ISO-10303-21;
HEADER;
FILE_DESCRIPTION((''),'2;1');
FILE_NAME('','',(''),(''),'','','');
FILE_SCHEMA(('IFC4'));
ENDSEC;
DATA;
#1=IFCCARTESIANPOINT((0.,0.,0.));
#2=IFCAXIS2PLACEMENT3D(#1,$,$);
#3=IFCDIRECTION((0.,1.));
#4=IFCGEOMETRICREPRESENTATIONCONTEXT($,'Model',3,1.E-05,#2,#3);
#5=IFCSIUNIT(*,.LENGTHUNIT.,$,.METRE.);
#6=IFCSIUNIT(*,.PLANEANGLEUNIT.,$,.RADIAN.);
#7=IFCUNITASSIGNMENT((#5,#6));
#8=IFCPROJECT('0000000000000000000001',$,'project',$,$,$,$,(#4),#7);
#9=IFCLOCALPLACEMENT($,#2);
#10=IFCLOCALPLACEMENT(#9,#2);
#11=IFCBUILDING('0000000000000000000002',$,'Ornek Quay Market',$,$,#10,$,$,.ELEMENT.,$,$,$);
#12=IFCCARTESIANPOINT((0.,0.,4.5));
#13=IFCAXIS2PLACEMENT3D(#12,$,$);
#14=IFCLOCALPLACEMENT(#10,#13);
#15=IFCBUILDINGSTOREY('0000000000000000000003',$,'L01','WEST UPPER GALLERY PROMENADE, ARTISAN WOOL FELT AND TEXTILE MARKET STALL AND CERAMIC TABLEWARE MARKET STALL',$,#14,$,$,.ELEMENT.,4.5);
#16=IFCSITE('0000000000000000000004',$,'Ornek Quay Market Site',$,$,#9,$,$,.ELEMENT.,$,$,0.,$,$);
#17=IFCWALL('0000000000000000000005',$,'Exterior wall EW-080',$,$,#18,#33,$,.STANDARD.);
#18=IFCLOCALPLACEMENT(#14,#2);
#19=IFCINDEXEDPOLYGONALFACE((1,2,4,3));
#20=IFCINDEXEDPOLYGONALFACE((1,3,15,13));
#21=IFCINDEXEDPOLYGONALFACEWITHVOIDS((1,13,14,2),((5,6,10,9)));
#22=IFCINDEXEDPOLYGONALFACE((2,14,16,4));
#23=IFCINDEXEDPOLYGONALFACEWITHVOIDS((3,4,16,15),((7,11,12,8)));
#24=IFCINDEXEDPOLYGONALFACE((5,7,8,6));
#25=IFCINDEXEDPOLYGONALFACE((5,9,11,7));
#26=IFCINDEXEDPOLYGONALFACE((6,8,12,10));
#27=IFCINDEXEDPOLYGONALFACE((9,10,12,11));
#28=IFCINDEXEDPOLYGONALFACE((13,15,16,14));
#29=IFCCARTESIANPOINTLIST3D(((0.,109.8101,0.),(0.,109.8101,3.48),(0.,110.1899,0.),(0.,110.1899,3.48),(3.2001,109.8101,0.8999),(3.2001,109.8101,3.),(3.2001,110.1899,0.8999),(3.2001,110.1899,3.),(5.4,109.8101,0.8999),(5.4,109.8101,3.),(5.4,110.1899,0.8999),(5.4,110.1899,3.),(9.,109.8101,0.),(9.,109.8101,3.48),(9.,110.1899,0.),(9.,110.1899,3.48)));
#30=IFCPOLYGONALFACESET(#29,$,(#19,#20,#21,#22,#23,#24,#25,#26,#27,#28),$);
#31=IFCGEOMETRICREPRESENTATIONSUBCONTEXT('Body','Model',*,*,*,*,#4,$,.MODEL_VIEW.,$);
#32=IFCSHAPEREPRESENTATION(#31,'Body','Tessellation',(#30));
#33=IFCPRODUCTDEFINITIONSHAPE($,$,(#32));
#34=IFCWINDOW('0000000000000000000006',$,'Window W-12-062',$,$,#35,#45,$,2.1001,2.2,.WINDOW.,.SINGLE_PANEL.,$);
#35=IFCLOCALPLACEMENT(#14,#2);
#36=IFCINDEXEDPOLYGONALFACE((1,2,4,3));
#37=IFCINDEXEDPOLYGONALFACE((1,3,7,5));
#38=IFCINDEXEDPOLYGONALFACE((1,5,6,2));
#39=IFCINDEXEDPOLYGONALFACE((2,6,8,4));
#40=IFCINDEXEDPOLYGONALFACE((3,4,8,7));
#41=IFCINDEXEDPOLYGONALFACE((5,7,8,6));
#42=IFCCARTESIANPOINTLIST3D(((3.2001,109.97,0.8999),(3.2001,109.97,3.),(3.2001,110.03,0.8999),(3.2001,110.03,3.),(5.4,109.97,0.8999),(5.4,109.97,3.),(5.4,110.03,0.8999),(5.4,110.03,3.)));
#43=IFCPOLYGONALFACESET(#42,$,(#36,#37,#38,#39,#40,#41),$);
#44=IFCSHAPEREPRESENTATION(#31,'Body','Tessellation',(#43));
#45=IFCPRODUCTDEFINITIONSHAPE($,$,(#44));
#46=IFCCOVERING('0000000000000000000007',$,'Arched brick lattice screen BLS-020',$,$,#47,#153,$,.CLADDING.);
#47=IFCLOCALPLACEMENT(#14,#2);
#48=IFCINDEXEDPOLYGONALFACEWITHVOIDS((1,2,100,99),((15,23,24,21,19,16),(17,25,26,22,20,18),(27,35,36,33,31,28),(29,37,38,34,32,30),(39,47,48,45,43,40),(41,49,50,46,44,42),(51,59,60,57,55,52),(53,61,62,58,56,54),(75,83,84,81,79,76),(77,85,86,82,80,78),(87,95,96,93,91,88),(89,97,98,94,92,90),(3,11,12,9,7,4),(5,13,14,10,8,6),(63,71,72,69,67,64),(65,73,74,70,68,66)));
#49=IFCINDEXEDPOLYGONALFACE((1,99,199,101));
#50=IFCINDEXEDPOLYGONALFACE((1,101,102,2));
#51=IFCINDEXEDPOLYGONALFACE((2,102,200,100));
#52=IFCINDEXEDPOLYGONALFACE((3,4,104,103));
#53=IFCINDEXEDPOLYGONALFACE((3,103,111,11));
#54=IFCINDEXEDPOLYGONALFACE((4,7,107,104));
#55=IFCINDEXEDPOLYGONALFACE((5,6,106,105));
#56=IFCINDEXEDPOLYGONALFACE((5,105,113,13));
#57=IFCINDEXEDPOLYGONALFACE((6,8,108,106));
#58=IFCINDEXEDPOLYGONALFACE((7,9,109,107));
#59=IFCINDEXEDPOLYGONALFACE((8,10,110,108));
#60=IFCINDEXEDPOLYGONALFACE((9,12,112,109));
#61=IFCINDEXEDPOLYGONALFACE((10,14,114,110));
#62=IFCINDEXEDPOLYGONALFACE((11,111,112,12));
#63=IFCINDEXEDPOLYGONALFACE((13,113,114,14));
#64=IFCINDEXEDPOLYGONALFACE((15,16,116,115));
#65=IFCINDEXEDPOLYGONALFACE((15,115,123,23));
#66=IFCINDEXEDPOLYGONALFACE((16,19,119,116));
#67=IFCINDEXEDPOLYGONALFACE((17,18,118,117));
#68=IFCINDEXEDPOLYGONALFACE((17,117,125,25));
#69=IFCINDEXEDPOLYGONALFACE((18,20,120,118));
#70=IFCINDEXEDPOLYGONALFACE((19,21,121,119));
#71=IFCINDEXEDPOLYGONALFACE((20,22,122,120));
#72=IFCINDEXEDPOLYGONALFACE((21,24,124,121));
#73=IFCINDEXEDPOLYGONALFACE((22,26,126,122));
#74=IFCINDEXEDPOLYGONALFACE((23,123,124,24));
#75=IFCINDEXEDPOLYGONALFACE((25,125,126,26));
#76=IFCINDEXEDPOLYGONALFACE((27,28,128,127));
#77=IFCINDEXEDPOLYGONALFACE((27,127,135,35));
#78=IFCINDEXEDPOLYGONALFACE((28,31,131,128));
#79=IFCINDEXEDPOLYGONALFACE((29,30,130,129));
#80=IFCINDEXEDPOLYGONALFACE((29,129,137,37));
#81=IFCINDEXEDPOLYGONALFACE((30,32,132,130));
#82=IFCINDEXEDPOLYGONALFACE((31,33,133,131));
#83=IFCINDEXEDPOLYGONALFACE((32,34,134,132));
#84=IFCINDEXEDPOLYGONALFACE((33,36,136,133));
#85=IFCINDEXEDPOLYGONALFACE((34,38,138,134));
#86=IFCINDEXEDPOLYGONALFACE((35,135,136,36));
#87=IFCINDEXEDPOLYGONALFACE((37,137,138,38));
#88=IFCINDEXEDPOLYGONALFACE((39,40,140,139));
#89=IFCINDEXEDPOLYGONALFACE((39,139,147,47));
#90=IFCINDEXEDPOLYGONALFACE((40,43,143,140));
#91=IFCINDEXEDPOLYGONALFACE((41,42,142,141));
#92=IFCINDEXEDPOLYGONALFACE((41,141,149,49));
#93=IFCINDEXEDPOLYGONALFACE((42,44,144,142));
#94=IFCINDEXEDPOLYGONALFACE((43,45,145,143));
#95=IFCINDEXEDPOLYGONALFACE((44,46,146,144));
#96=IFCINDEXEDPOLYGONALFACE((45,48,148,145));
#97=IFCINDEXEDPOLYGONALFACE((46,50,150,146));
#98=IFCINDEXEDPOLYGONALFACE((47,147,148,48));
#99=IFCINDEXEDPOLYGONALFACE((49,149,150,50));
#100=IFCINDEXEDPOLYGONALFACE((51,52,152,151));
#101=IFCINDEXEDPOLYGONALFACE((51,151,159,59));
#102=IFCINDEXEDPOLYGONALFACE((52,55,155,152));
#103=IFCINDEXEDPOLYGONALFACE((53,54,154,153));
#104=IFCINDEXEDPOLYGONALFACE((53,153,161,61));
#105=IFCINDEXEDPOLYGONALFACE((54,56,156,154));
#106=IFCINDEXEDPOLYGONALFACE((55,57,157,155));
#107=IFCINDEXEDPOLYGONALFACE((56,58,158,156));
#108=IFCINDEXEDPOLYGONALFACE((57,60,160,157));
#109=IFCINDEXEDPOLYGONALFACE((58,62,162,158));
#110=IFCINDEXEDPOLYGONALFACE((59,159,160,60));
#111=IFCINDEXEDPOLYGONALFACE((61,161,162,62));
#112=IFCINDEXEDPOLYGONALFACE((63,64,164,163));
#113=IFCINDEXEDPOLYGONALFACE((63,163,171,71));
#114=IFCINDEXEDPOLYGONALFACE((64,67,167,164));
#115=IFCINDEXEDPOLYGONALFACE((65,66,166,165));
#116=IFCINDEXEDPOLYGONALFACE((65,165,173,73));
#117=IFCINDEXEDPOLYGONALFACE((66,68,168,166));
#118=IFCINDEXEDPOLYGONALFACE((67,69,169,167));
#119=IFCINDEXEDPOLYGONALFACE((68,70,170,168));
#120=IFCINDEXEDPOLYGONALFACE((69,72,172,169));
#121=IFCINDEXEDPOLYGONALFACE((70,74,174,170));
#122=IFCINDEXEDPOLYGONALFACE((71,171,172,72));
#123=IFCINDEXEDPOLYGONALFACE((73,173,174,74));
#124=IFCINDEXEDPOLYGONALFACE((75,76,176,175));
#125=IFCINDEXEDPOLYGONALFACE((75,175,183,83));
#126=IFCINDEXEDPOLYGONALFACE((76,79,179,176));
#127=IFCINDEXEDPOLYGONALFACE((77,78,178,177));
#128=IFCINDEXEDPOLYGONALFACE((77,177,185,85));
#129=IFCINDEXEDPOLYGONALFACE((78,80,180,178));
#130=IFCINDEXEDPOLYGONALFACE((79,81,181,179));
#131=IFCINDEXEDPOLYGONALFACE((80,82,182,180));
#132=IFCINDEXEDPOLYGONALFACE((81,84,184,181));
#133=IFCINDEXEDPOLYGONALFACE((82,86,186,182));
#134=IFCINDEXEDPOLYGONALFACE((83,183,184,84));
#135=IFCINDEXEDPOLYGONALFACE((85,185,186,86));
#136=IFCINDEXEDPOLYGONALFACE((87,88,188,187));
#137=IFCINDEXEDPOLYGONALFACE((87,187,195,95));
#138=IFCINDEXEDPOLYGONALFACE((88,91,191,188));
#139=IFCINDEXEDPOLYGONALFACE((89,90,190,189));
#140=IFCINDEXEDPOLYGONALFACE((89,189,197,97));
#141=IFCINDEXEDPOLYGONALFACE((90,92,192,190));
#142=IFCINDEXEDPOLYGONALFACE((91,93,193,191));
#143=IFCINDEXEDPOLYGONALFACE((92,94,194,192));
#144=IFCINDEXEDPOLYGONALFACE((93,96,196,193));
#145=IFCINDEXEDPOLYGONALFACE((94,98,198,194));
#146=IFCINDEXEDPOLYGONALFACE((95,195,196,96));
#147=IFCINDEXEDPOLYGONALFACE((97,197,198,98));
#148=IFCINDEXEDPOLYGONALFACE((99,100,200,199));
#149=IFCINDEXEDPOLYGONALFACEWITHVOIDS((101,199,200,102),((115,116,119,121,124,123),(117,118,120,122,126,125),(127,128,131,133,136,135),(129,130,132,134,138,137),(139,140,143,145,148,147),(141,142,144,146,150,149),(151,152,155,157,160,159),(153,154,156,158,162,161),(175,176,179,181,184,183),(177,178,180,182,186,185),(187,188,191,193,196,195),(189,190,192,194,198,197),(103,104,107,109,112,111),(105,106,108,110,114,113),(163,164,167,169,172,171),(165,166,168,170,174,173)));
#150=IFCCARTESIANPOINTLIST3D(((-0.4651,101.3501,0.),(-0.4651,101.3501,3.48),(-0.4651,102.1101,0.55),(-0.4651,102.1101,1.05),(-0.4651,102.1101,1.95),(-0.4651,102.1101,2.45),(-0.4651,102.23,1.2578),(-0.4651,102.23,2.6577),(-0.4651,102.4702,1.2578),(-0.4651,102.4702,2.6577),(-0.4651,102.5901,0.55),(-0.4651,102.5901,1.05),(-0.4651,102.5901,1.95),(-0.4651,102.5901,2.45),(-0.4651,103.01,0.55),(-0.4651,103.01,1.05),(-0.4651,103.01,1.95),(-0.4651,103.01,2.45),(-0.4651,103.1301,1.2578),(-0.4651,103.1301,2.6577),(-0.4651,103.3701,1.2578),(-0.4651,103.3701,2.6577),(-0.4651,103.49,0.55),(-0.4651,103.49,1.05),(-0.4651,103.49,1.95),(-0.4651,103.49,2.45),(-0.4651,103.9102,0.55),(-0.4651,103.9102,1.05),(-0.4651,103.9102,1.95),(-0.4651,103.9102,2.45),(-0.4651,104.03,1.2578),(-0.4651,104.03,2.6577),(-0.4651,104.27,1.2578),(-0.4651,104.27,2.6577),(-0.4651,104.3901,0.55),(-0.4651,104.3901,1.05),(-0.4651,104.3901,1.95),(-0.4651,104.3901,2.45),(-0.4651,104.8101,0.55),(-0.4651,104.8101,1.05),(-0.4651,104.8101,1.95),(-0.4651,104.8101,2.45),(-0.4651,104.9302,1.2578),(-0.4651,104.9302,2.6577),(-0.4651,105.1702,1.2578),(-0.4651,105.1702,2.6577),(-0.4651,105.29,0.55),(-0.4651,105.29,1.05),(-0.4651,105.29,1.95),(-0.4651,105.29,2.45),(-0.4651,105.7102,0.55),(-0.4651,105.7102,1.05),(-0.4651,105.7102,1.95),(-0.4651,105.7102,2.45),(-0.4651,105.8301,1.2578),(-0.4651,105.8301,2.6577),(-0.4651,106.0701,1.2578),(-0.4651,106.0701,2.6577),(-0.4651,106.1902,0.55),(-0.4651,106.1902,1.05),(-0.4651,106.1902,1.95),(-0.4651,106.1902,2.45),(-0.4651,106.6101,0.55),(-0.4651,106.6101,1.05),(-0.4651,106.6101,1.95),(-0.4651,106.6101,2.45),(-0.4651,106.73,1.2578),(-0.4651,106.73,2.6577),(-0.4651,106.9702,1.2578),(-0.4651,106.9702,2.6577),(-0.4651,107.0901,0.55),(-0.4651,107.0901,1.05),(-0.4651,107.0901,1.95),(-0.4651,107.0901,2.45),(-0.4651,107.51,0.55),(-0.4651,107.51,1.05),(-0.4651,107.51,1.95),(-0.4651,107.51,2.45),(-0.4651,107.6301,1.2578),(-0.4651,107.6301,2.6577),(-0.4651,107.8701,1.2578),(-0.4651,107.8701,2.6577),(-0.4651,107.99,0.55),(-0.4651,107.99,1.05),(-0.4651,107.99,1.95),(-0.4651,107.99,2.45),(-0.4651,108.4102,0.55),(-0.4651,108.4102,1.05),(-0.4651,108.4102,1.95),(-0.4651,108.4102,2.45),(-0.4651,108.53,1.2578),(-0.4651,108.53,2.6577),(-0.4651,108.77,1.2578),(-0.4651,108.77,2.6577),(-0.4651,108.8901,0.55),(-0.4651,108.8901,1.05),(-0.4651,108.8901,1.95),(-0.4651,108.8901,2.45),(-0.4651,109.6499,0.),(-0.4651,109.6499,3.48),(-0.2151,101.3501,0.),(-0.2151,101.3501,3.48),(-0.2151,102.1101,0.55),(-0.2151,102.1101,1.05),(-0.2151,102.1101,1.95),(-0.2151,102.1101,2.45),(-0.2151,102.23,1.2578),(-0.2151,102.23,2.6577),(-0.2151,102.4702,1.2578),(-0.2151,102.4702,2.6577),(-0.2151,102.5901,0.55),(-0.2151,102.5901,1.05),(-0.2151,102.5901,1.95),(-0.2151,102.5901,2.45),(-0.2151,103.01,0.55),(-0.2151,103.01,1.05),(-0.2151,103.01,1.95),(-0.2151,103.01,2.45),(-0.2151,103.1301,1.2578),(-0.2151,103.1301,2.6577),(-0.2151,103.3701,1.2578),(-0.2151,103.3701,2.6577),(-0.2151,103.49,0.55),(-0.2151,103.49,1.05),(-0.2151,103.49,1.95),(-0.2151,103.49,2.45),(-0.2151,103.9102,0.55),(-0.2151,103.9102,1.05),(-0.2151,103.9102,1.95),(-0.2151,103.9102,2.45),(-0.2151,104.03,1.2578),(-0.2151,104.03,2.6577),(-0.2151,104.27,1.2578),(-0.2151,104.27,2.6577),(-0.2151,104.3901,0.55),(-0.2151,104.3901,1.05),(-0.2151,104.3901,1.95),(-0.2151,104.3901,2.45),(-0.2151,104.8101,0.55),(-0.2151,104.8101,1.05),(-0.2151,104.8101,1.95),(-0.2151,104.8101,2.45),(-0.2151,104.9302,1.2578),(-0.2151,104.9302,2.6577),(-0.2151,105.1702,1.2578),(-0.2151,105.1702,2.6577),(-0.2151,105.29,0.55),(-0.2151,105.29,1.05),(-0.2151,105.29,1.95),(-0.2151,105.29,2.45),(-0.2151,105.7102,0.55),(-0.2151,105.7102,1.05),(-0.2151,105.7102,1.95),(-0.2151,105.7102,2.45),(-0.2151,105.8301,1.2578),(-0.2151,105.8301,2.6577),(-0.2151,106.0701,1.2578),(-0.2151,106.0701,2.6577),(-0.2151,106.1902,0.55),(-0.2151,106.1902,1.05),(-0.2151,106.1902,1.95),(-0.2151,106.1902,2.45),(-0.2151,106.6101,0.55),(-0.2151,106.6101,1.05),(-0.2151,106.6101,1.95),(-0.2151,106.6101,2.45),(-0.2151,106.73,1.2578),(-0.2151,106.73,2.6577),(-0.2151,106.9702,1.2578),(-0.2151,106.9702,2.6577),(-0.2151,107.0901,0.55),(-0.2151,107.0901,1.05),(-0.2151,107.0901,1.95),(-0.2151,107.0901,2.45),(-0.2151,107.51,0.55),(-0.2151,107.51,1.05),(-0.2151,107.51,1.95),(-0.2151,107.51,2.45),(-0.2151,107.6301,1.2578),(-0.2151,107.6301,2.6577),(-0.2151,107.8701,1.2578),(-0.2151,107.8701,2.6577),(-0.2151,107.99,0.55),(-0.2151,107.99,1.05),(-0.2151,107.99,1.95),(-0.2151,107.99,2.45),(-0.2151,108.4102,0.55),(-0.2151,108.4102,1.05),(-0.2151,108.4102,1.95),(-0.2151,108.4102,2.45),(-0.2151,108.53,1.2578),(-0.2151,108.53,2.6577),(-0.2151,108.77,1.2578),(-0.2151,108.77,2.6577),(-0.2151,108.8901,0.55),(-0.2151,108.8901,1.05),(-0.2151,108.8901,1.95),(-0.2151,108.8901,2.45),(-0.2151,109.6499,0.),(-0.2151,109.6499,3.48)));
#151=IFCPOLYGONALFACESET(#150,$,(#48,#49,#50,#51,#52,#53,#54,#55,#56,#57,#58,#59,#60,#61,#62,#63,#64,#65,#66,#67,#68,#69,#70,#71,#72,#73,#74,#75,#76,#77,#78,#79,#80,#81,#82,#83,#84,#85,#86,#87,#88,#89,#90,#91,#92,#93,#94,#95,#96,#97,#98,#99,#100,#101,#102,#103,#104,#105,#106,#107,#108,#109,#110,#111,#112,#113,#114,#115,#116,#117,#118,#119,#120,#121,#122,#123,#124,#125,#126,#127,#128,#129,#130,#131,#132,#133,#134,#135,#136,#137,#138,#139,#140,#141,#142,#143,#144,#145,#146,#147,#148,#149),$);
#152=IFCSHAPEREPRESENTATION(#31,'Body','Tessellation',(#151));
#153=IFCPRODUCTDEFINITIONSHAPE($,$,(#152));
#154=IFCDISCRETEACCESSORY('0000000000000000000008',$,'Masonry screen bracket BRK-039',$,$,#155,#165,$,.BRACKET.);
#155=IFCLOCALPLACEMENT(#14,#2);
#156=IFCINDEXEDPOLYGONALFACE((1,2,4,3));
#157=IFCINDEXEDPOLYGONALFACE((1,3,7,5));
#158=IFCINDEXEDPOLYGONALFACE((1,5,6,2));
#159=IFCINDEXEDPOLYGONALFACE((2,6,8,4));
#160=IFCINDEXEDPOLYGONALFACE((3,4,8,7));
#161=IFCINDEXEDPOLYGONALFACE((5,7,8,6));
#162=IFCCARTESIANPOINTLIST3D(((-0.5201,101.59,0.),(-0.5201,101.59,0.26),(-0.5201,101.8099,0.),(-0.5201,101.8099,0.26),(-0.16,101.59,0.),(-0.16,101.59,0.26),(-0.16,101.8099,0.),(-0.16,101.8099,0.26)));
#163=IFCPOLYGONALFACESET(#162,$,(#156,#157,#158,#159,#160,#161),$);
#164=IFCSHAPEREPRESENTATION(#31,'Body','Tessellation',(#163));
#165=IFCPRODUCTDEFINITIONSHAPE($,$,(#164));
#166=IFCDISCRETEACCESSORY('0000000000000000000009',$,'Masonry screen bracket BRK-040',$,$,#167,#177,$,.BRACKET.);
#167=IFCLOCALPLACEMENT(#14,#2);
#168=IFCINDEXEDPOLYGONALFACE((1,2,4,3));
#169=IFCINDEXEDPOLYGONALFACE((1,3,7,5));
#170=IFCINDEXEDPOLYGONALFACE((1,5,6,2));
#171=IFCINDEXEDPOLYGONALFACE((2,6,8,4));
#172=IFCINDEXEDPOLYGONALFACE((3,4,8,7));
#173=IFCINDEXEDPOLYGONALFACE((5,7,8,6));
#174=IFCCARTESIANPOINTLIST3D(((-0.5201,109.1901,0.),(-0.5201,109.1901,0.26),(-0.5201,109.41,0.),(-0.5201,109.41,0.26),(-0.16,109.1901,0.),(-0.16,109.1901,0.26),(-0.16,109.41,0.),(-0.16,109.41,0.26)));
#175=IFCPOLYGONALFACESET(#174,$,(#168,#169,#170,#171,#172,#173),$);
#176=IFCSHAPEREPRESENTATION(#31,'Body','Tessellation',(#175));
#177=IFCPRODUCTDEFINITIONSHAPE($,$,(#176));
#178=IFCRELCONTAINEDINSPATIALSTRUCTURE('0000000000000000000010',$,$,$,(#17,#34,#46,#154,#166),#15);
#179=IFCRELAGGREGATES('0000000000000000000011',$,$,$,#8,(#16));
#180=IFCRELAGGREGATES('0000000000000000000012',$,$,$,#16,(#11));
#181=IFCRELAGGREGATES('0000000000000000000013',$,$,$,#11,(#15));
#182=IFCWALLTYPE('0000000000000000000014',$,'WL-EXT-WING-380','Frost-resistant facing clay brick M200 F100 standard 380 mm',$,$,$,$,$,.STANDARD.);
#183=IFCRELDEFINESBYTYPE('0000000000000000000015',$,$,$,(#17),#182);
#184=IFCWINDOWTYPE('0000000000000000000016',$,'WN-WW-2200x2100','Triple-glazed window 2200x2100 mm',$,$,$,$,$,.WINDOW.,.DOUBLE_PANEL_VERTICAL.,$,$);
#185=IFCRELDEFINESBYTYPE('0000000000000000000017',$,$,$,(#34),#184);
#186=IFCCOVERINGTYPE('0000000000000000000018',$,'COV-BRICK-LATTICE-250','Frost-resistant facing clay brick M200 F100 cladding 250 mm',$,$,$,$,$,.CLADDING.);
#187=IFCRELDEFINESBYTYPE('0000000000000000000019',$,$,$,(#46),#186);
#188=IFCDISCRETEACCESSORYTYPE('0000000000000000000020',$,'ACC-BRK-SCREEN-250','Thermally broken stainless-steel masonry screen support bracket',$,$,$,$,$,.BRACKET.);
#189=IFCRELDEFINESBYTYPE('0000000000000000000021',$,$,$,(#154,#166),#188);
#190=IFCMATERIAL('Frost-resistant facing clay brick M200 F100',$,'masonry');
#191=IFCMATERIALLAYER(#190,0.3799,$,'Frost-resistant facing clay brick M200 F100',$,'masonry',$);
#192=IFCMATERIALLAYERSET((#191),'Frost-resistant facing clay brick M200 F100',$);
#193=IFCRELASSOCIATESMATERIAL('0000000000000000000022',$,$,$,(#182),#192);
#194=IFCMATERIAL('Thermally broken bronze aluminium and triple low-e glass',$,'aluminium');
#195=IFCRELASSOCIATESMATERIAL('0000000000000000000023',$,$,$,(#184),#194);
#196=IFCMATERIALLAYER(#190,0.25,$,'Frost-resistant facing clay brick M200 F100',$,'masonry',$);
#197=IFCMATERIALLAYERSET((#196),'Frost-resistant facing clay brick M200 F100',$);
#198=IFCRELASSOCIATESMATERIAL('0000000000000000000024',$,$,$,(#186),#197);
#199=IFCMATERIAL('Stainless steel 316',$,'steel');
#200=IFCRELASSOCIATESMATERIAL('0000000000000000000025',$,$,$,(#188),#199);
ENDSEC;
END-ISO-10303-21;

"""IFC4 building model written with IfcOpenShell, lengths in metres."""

from ifc_helpers import new_model, si_unit, direction, frame, frame_2d, origin, origin_2d, place, context, subcontext, project, spatial, polyline, rectangle, outline, extrude, material, layer, layer_set, type_object, element, fill, save


model = new_model("IFC4")

# Units and contexts
model_context = context("Model", 3, precision=1e-05, world=origin(), true_north=direction((0.0, 1.0)))
body_context = subcontext(model_context, "Body", "Model", "MODEL_VIEW")
ifc_project = project(units=[si_unit("LENGTHUNIT", "METRE"), si_unit("PLANEANGLEUNIT", "RADIAN")], contexts=[model_context])

# Site, building, storey
site_placement = place(None, origin())
site = spatial("IfcSite", under=ifc_project, at=site_placement, Name="Ornek Quay Market Site", CompositionType="ELEMENT", RefElevation=0.0)
building_placement = place(site_placement, origin())
building = spatial("IfcBuilding", under=site, at=building_placement, Name="Ornek Quay Market", CompositionType="ELEMENT")
storey_placement = place(building_placement, frame((0.0, 0.0, 4.5)))
storey = spatial("IfcBuildingStorey", under=building, at=storey_placement, Name="L01", Description="WEST UPPER GALLERY PROMENADE, ARTISAN WOOL FELT AND TEXTILE MARKET STALL AND CERAMIC TABLEWARE MARKET STALL", CompositionType="ELEMENT", Elevation=4.5)

# Wall, opening, window
ifc_material_1 = material(Name="Frost-resistant facing clay brick M200 F100", Category="masonry")
ifc_layer_1 = layer(ifc_material_1, 0.3799, Name="Frost-resistant facing clay brick M200 F100", Category="masonry")
ifc_layer_set_1 = layer_set([ifc_layer_1], Name="Frost-resistant facing clay brick M200 F100")
wall_type = type_object("IfcWallType", Name="WL-EXT-WING-380", Description="Frost-resistant facing clay brick M200 F100 standard 380 mm", PredefinedType="STANDARD", material=ifc_layer_set_1)
wall_placement = place(storey_placement, frame((0.0, 110.0, 0.0), z_axis=(0.0, 0.0, 1.0), x_axis=(1.0, 0.0, 0.0)))
wall = element("IfcWall", 1, at=wall_placement, inside=storey, type_object=wall_type, Name="Exterior wall EW-080", PredefinedType="STANDARD", context=body_context, shape_type="SweptSolid", body=[
    extrude(rectangle(XDim=9.0, YDim=0.3799, at=frame_2d((4.5, 0.0))), origin(), (0.0, 0.0, 1.0), 3.48),
])
opening_placement = place(wall_placement, frame((3.2, 0.0, 0.8999)))
opening = element("IfcOpeningElement", 2, at=opening_placement, cuts=wall, PredefinedType="OPENING", context=body_context, shape_type="SweptSolid", body=[
    extrude(rectangle(XDim=2.2, YDim=2.1001, at=frame_2d((1.1001, 1.05))), frame((0.0, 0.2, 0.0), z_axis=(0.0, -1.0, 0.0), x_axis=(1.0, 0.0, 0.0)), (0.0, 0.0, 1.0), 0.3999),
])
ifc_material_2 = material(Name="Thermally broken bronze aluminium and triple low-e glass", Category="aluminium")
window_type = type_object("IfcWindowType", Name="WN-WW-2200x2100", Description="Triple-glazed window 2200x2100 mm", PartitioningType="DOUBLE_PANEL_VERTICAL", PredefinedType="WINDOW", material=ifc_material_2)
window_placement = place(opening_placement, origin())
window = element("IfcWindow", 3, at=window_placement, inside=storey, type_object=window_type, Name="Window W-12-062", OverallHeight=2.1001, OverallWidth=2.2, PartitioningType="SINGLE_PANEL", PredefinedType="WINDOW", context=body_context, shape_type="SweptSolid", body=[
    extrude(rectangle(XDim=2.2, YDim=2.1001, at=frame_2d((1.1001, 1.05))), frame((0.0, 0.03, 0.0), z_axis=(0.0, -1.0, 0.0), x_axis=(1.0, 0.0, 0.0)), (0.0, 0.0, 1.0), 0.0601),
])
fill(opening, window)

# Covering
ifc_layer_2 = layer(ifc_material_1, 0.25, Name="Frost-resistant facing clay brick M200 F100", Category="masonry")
ifc_layer_set_2 = layer_set([ifc_layer_2], Name="Frost-resistant facing clay brick M200 F100")
covering_type = type_object("IfcCoveringType", Name="COV-BRICK-LATTICE-250", Description="Frost-resistant facing clay brick M200 F100 cladding 250 mm", PredefinedType="CLADDING", material=ifc_layer_set_2)
covering_placement = place(storey_placement, frame((-0.3401, 101.3501, 0.0), z_axis=(0.0, 0.0, 1.0), x_axis=(0.0, 1.0, 0.0)))
element("IfcCovering", 4, at=covering_placement, inside=storey, type_object=covering_type, Name="Arched brick lattice screen BLS-020", PredefinedType="CLADDING", context=body_context, shape_type="SweptSolid", body=[
    extrude(outline(polyline([(0.0, 0.0), (8.2998, 0.0), (8.2998, 3.48), (0.0, 3.48), (0.0, 0.0)]), holes=[polyline([(0.76, 0.55), (1.24, 0.55), (1.24, 1.05), (1.1201, 1.2578), (0.8799, 1.2578), (0.76, 1.05), (0.76, 0.55)]), polyline([(0.76, 1.95), (1.24, 1.95), (1.24, 2.45), (1.1201, 2.6577), (0.8799, 2.6577), (0.76, 2.45), (0.76, 1.95)]), polyline([(1.6599, 0.55), (2.1399, 0.55), (2.1399, 1.05), (2.02, 1.2578), (1.78, 1.2578), (1.6599, 1.05), (1.6599, 0.55)]), polyline([(1.6599, 1.95), (2.1399, 1.95), (2.1399, 2.45), (2.02, 2.6577), (1.78, 2.6577), (1.6599, 2.45), (1.6599, 1.95)]), polyline([(2.5601, 0.55), (3.04, 0.55), (3.04, 1.05), (2.9199, 1.2578), (2.6799, 1.2578), (2.5601, 1.05), (2.5601, 0.55)]), polyline([(2.5601, 1.95), (3.04, 1.95), (3.04, 2.45), (2.9199, 2.6577), (2.6799, 2.6577), (2.5601, 2.45), (2.5601, 1.95)]), polyline([(3.46, 0.55), (3.9399, 0.55), (3.9399, 1.05), (3.8201, 1.2578), (3.5801, 1.2578), (3.46, 1.05), (3.46, 0.55)]), polyline([(3.46, 1.95), (3.9399, 1.95), (3.9399, 2.45), (3.8201, 2.6577), (3.5801, 2.6577), (3.46, 2.45), (3.46, 1.95)]), polyline([(4.3601, 0.55), (4.8401, 0.55), (4.8401, 1.05), (4.72, 1.2578), (4.48, 1.2578), (4.3601, 1.05), (4.3601, 0.55)]), polyline([(4.3601, 1.95), (4.8401, 1.95), (4.8401, 2.45), (4.72, 2.6577), (4.48, 2.6577), (4.3601, 2.45), (4.3601, 1.95)]), polyline([(5.26, 0.55), (5.74, 0.55), (5.74, 1.05), (5.6201, 1.2578), (5.3799, 1.2578), (5.26, 1.05), (5.26, 0.55)]), polyline([(5.26, 1.95), (5.74, 1.95), (5.74, 2.45), (5.6201, 2.6577), (5.3799, 2.6577), (5.26, 2.45), (5.26, 1.95)]), polyline([(6.1599, 0.55), (6.6399, 0.55), (6.6399, 1.05), (6.52, 1.2578), (6.28, 1.2578), (6.1599, 1.05), (6.1599, 0.55)]), polyline([(6.1599, 1.95), (6.6399, 1.95), (6.6399, 2.45), (6.52, 2.6577), (6.28, 2.6577), (6.1599, 2.45), (6.1599, 1.95)]), polyline([(7.0601, 0.55), (7.54, 0.55), (7.54, 1.05), (7.4199, 1.2578), (7.1799, 1.2578), (7.0601, 1.05), (7.0601, 0.55)]), polyline([(7.0601, 1.95), (7.54, 1.95), (7.54, 2.45), (7.4199, 2.6577), (7.1799, 2.6577), (7.0601, 2.45), (7.0601, 1.95)])]), frame((0.0, 0.125, 0.0), z_axis=(0.0, -1.0, 0.0), x_axis=(1.0, 0.0, 0.0)), (0.0, 0.0, 1.0), 0.25),
])

# Discrete accessories
ifc_material_3 = material(Name="Stainless steel 316", Category="steel")
discrete_accessory_type = type_object("IfcDiscreteAccessoryType", Name="ACC-BRK-SCREEN-250", Description="Thermally broken stainless-steel masonry screen support bracket", PredefinedType="BRACKET", material=ifc_material_3)
for number, where, z_axis, x_axis, name in (
    (5, (-0.3401, 101.7, 0.0), (0.0, 0.0, 1.0), (0.0, 1.0, 0.0), "Masonry screen bracket BRK-039"),
    (6, (-0.3401, 109.3, 0.0), (0.0, 0.0, 1.0), (0.0, 1.0, 0.0), "Masonry screen bracket BRK-040"),
):
    element("IfcDiscreteAccessory", number, at=place(storey_placement, frame(where, z_axis=z_axis, x_axis=x_axis)), inside=storey, type_object=discrete_accessory_type, Name=name, PredefinedType="BRACKET", context=body_context, shape_type="SweptSolid", body=[
        extrude(rectangle(XDim=0.22, YDim=0.3601, at=origin_2d()), origin(), (0.0, 0.0, 1.0), 0.26),
    ])

save(model, "model.ifc")
